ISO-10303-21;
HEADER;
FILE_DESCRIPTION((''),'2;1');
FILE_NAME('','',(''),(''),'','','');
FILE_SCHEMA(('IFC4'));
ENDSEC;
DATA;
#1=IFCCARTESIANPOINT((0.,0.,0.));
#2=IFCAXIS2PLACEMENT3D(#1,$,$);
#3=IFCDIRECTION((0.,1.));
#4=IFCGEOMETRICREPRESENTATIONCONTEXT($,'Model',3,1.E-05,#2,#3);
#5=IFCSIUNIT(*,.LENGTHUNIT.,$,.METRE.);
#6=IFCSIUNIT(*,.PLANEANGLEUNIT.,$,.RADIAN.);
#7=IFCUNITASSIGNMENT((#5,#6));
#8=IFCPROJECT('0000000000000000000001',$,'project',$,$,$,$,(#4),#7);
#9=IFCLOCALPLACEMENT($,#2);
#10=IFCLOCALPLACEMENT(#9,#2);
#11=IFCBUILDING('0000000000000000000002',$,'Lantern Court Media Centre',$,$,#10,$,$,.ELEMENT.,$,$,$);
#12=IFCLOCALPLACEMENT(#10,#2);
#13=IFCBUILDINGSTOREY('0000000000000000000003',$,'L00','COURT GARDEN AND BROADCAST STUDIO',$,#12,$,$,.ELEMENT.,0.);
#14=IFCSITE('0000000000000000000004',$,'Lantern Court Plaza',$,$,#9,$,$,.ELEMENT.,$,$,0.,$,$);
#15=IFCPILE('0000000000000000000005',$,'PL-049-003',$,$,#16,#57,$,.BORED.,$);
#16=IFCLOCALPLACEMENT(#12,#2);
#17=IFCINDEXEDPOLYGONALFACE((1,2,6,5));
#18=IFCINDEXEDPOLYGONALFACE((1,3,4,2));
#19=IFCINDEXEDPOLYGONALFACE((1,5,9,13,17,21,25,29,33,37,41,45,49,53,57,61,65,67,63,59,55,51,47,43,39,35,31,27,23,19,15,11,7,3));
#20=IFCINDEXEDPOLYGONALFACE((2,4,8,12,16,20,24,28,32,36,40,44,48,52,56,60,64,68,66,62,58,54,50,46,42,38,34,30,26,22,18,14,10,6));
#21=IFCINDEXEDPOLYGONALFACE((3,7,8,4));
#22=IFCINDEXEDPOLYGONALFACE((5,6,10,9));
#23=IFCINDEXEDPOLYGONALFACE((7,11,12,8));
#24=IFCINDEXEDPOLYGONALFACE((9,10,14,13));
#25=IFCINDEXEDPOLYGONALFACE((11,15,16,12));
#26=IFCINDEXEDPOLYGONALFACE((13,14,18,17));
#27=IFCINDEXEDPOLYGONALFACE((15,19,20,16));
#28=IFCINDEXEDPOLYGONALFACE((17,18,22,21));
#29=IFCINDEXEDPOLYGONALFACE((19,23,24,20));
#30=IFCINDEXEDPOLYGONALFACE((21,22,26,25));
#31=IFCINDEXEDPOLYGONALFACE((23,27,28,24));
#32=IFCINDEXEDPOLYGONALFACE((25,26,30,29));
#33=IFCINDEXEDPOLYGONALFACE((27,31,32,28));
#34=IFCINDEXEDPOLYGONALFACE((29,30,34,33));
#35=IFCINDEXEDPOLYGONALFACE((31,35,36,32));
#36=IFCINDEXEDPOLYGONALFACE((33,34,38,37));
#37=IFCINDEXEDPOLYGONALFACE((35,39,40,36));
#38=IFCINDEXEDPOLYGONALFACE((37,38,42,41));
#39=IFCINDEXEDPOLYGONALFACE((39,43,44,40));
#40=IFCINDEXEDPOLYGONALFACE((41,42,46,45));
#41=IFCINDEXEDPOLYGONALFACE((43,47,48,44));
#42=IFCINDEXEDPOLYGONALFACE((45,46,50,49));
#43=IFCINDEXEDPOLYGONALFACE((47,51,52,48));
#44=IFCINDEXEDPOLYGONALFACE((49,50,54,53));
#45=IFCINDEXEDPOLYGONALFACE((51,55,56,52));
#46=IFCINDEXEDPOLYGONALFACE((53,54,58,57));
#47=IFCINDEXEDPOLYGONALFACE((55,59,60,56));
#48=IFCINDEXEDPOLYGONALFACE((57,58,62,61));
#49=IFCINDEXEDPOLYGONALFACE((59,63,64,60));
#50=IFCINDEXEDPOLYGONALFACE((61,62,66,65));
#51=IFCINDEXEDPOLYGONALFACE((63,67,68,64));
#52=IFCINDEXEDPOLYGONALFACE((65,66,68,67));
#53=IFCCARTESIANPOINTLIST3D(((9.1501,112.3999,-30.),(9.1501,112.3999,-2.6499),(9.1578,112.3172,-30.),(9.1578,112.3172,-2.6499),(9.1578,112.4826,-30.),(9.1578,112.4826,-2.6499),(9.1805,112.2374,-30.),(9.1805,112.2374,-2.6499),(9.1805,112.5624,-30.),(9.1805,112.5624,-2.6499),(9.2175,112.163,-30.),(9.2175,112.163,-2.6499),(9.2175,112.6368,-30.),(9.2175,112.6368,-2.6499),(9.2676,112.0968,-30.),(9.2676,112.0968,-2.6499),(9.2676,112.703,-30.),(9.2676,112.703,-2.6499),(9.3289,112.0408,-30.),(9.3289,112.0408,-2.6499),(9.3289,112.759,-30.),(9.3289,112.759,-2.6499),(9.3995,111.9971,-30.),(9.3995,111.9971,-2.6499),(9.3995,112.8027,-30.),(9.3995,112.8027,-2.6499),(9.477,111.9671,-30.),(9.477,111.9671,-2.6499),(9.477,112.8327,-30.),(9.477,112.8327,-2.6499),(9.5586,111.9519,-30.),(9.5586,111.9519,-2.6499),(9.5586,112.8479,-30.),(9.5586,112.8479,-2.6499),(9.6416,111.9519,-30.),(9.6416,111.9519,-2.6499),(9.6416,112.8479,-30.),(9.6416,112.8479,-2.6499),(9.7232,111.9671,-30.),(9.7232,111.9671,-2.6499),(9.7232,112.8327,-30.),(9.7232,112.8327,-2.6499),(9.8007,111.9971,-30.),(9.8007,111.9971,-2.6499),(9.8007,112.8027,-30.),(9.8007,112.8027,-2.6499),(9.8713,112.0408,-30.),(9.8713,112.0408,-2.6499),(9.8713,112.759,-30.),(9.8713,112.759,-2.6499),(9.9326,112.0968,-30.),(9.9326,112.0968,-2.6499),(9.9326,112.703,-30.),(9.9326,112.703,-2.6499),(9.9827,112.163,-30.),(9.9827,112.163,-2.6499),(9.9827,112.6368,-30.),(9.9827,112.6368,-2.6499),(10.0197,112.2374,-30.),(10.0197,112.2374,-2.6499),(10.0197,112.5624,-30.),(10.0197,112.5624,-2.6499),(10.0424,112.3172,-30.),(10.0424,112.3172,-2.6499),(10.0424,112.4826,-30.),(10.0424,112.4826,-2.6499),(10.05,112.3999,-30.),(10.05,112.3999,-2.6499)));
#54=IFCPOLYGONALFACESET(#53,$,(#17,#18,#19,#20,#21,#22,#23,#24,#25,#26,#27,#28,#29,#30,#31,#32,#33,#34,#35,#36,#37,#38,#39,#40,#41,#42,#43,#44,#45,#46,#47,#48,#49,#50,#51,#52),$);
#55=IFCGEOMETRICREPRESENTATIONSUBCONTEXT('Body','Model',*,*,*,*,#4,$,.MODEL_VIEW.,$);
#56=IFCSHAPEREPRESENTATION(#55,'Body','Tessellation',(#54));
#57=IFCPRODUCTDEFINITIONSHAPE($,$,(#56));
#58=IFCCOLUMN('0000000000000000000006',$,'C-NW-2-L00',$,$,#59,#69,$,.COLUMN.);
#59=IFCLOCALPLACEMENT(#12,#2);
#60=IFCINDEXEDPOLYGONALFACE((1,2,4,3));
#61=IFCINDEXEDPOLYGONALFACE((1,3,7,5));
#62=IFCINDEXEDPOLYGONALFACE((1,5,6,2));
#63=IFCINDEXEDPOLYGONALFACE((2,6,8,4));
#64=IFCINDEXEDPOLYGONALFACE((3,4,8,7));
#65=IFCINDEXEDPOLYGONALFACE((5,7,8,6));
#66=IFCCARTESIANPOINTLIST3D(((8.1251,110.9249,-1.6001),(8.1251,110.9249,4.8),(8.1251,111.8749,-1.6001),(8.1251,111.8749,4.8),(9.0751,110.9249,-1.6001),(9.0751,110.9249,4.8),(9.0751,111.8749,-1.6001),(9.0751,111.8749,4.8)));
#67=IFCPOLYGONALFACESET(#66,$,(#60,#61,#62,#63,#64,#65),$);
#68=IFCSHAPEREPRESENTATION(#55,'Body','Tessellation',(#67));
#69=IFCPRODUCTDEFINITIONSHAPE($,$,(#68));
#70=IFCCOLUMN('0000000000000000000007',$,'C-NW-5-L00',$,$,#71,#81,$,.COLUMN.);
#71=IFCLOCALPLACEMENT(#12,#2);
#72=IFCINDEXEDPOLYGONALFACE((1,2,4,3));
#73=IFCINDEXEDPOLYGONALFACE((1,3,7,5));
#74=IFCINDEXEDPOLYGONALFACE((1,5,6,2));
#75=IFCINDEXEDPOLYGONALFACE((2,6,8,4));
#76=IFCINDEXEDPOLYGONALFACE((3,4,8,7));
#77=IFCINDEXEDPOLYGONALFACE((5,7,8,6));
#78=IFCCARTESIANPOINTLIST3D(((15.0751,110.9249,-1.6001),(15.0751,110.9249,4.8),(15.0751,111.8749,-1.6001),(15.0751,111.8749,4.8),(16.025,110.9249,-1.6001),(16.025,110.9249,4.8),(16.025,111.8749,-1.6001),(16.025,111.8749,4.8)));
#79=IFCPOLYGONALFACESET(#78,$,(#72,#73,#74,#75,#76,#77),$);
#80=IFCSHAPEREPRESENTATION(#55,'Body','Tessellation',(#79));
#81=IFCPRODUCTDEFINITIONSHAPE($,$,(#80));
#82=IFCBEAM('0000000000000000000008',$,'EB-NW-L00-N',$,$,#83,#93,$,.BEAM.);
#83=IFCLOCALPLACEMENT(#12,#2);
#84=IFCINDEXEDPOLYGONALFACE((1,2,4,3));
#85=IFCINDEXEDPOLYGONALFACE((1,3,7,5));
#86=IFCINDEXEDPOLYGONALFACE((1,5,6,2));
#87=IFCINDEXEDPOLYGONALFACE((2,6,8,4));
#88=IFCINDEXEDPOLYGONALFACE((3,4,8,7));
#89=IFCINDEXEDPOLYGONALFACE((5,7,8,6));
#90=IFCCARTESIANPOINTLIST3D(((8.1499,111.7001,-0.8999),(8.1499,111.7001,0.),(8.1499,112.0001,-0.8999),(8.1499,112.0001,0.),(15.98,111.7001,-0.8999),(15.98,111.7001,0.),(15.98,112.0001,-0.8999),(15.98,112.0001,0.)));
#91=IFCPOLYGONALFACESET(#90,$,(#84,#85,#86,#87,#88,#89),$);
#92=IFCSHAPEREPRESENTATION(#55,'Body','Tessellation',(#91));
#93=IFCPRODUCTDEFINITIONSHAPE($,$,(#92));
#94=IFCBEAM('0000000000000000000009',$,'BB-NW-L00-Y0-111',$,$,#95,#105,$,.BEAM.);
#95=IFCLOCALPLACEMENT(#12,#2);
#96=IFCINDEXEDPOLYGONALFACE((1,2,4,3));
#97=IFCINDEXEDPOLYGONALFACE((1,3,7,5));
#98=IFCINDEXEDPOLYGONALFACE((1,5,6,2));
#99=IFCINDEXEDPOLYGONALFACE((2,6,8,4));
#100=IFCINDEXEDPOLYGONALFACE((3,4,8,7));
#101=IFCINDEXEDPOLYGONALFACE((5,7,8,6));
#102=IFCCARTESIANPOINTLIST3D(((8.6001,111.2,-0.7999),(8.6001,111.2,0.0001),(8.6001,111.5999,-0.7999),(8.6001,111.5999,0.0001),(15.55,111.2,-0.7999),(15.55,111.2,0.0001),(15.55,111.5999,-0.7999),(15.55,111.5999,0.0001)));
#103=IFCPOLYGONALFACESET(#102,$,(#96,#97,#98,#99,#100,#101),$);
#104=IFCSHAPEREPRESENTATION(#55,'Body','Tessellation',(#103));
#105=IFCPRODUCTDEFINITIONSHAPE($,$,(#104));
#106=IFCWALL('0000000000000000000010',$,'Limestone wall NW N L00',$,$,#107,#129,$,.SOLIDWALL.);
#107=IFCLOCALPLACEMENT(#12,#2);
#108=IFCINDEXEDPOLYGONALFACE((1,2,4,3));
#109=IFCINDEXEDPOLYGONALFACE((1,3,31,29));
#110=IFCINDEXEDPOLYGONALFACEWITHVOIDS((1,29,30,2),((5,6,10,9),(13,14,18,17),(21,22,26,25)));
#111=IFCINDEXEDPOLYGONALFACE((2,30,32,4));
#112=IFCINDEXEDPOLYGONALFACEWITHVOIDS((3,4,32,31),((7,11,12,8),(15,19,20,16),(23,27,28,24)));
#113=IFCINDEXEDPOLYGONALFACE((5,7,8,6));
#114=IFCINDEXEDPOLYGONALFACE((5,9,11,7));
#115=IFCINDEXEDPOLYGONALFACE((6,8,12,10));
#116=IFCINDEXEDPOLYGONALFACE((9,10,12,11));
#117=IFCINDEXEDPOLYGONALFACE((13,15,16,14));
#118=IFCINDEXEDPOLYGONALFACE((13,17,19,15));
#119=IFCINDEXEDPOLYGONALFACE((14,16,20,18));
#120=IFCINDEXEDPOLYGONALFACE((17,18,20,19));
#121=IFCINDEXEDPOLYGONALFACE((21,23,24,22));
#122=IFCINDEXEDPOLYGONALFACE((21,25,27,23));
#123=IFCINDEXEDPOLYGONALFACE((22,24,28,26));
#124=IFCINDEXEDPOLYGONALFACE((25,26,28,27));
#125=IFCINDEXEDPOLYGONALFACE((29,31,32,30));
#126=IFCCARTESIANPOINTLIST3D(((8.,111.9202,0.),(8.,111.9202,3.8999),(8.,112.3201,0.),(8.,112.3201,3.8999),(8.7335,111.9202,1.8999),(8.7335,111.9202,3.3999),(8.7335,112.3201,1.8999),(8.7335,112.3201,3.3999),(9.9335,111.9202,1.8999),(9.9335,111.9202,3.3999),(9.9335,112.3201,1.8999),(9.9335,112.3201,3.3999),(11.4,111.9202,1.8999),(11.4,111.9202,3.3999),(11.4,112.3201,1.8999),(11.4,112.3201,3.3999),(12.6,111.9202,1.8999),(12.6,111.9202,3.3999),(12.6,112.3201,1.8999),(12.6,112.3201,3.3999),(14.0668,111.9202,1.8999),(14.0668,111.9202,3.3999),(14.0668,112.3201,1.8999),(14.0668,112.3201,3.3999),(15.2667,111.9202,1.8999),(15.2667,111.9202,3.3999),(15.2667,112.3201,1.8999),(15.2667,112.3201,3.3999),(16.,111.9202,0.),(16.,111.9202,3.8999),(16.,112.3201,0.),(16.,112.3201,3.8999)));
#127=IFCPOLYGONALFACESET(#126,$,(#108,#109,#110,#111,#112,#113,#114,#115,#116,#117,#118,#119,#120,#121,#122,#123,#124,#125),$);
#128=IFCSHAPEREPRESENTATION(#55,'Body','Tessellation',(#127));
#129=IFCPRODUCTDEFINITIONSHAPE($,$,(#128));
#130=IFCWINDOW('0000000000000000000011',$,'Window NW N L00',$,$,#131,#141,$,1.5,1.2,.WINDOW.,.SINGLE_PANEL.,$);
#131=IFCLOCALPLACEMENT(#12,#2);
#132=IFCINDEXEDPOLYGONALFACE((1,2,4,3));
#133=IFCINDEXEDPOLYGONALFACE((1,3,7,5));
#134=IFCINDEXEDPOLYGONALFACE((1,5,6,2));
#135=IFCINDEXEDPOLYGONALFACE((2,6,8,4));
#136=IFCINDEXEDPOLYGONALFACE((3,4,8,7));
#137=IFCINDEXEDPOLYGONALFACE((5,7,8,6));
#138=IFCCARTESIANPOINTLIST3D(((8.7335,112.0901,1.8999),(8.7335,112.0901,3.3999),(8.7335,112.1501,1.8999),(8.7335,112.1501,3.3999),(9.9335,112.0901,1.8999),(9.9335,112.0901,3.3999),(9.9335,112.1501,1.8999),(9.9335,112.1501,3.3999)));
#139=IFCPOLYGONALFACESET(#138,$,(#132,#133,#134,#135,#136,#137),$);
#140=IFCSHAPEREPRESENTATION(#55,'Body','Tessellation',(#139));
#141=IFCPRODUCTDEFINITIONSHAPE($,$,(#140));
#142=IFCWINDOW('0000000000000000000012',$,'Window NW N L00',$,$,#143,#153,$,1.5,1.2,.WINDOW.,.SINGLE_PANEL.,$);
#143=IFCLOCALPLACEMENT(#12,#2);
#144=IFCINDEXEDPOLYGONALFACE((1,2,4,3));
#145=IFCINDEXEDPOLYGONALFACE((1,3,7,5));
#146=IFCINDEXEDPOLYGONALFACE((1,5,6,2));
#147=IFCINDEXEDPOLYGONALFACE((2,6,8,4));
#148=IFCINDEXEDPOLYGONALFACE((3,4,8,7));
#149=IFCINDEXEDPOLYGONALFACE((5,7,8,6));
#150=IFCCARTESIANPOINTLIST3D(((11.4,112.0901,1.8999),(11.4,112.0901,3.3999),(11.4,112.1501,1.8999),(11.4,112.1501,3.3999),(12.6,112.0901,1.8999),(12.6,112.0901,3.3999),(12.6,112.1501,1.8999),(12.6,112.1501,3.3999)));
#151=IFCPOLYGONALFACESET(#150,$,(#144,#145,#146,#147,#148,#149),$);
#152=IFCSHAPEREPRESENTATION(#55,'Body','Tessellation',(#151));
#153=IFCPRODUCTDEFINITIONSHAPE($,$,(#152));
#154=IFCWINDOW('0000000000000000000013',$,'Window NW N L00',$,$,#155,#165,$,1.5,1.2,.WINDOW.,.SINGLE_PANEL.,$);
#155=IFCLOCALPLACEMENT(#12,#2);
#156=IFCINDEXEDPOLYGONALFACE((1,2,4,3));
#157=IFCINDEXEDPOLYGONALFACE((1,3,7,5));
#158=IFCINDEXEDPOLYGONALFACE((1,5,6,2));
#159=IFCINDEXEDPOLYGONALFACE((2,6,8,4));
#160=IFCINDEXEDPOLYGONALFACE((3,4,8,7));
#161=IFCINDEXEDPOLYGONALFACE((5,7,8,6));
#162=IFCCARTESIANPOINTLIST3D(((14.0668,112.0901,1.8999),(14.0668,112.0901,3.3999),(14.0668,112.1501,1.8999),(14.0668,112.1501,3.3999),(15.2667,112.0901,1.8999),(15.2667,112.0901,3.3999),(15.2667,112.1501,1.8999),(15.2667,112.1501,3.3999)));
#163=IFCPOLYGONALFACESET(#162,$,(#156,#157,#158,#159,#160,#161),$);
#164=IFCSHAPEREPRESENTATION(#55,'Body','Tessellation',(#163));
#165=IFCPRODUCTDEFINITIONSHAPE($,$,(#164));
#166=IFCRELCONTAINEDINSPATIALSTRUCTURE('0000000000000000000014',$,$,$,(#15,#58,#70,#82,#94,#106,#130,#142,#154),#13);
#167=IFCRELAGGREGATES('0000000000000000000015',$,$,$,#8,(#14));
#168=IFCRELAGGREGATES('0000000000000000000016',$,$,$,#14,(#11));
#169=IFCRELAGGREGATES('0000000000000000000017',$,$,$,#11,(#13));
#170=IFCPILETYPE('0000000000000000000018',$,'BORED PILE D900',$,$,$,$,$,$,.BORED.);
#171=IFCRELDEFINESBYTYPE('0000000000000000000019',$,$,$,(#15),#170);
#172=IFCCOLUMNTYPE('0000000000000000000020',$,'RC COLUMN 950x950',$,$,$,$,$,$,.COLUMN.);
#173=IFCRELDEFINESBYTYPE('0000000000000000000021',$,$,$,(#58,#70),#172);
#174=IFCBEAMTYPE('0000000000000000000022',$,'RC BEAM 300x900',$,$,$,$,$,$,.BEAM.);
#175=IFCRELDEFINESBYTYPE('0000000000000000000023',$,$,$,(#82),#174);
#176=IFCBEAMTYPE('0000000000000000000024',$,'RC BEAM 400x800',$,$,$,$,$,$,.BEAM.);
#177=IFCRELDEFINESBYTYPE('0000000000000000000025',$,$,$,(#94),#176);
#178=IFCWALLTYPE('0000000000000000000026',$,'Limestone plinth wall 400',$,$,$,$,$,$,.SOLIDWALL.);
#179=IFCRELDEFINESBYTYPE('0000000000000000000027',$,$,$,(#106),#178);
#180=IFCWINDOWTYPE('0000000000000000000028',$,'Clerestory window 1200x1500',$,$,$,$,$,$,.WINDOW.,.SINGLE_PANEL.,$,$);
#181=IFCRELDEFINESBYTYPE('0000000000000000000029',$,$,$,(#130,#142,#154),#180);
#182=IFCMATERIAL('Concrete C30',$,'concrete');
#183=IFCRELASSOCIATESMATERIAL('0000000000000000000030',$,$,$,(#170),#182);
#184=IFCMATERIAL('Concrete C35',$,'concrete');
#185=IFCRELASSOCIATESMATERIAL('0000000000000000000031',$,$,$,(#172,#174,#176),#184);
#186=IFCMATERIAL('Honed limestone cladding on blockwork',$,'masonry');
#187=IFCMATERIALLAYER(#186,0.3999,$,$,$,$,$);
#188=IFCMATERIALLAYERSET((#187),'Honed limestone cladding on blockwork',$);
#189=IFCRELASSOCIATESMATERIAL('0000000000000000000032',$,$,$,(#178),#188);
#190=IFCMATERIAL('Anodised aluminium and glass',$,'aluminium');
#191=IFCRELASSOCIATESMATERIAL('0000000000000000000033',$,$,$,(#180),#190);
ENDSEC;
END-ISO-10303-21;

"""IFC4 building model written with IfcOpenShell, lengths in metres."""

from ifc_helpers import new_model, si_unit, direction, frame, frame_2d, origin, origin_2d, place, context, subcontext, project, spatial, rectangle, circle, extrude, material, layer, layer_set, material_profile, profile_set, type_object, element, fill, save


model = new_model("IFC4")

# Units and contexts
model_context = context("Model", 3, precision=1e-05, world=origin(), true_north=direction((0.0, 1.0)))
body_context = subcontext(model_context, "Body", "Model", "MODEL_VIEW")
ifc_project = project(units=[si_unit("LENGTHUNIT", "METRE"), si_unit("PLANEANGLEUNIT", "RADIAN")], contexts=[model_context])

# Site, building, storey
site_placement = place(None, origin())
site = spatial("IfcSite", under=ifc_project, at=site_placement, Name="Lantern Court Plaza", CompositionType="ELEMENT", RefElevation=0.0)
building_placement = place(site_placement, origin())
building = spatial("IfcBuilding", under=site, at=building_placement, Name="Lantern Court Media Centre", CompositionType="ELEMENT")
storey_placement = place(building_placement, origin())
storey = spatial("IfcBuildingStorey", under=building, at=storey_placement, Name="L00", Description="COURT GARDEN AND BROADCAST STUDIO", CompositionType="ELEMENT", Elevation=0.0)

# Pile
ifc_material_1 = material(Name="Concrete C30", Category="concrete")
ifc_material_profile_1 = material_profile(ifc_material_1, circle(Radius=0.45, at=origin_2d()), Name="D900")
ifc_profile_set_1 = profile_set([ifc_material_profile_1], Name="Concrete C30")
pile_type_1 = type_object("IfcPileType", Name="BORED PILE D900", PredefinedType="BORED", material=ifc_profile_set_1)
for number, where, z_axis, x_axis, name in (
    (1, (9.6001, 112.3999, -2.6499), (0.0, 0.0, -1.0), (1.0, 0.0, 0.0), "PL-049-003"),
):
    element("IfcPile", number, at=place(storey_placement, frame(where, z_axis=z_axis, x_axis=x_axis)), inside=storey, type_object=pile_type_1, Name=name, PredefinedType="BORED", context=body_context, shape_type="SweptSolid", body=[
        extrude(circle(Radius=0.45, at=origin_2d()), origin(), (0.0, 0.0, 1.0), 27.3501),
    ])

# Columns
ifc_material_2 = material(Name="Concrete C35", Category="concrete")
ifc_material_profile_2 = material_profile(ifc_material_2, rectangle(XDim=0.95, YDim=0.95, at=origin_2d()), Name="RC 950x950")
ifc_profile_set_2 = profile_set([ifc_material_profile_2], Name="Concrete C35")
column_type = type_object("IfcColumnType", Name="RC COLUMN 950x950", PredefinedType="COLUMN", material=ifc_profile_set_2)
for number, where, z_axis, x_axis, name in (
    (2, (8.6001, 111.3999, -1.6001), (0.0, 0.0, 1.0), (1.0, 0.0, 0.0), "C-NW-2-L00"),
    (3, (15.55, 111.3999, -1.6001), (0.0, 0.0, 1.0), (1.0, 0.0, 0.0), "C-NW-5-L00"),
):
    element("IfcColumn", number, at=place(storey_placement, frame(where, z_axis=z_axis, x_axis=x_axis)), inside=storey, type_object=column_type, Name=name, PredefinedType="COLUMN", context=body_context, shape_type="SweptSolid", body=[
        extrude(rectangle(XDim=0.95, YDim=0.95, at=origin_2d()), origin(), (0.0, 0.0, 1.0), 6.4001),
    ])

# Beams
ifc_material_profile_3 = material_profile(ifc_material_2, rectangle(XDim=0.3, YDim=0.8999, at=origin_2d()), Name="RC 300x900")
ifc_profile_set_3 = profile_set([ifc_material_profile_3], Name="Concrete C35")
beam_type_1 = type_object("IfcBeamType", Name="RC BEAM 300x900", PredefinedType="BEAM", material=ifc_profile_set_3)
beam_1_placement = place(storey_placement, frame((8.1499, 111.8501, -0.45), z_axis=(1.0, 0.0, 0.0), x_axis=(0.0, 1.0, 0.0)))
element("IfcBeam", 4, at=beam_1_placement, inside=storey, type_object=beam_type_1, Name="EB-NW-L00-N", PredefinedType="BEAM", context=body_context, shape_type="SweptSolid", body=[
    extrude(rectangle(XDim=0.3, YDim=0.8999, at=origin_2d()), origin(), (0.0, 0.0, 1.0), 7.8301),
])
ifc_material_profile_4 = material_profile(ifc_material_2, rectangle(XDim=0.3999, YDim=0.8, at=origin_2d()), Name="RC 400x800")
ifc_profile_set_4 = profile_set([ifc_material_profile_4], Name="Concrete C35")
beam_type_2 = type_object("IfcBeamType", Name="RC BEAM 400x800", PredefinedType="BEAM", material=ifc_profile_set_4)
beam_2_placement = place(storey_placement, frame((8.6001, 111.3999, -0.3999), z_axis=(1.0, 0.0, 0.0), x_axis=(0.0, 1.0, 0.0)))
element("IfcBeam", 5, at=beam_2_placement, inside=storey, type_object=beam_type_2, Name="BB-NW-L00-Y0-111", PredefinedType="BEAM", context=body_context, shape_type="SweptSolid", body=[
    extrude(rectangle(XDim=0.3999, YDim=0.8, at=origin_2d()), origin(), (0.0, 0.0, 1.0), 6.95),
])

# Wall, openings, windows
ifc_material_3 = material(Name="Honed limestone cladding on blockwork", Category="masonry")
ifc_layer_1 = layer(ifc_material_3, 0.3999)
ifc_layer_set_1 = layer_set([ifc_layer_1], Name="Honed limestone cladding on blockwork")
wall_type_1 = type_object("IfcWallType", Name="Limestone plinth wall 400", PredefinedType="SOLIDWALL", material=ifc_layer_set_1)
wall_1_placement = place(storey_placement, frame((8.0, 112.1201, 0.0), z_axis=(0.0, 0.0, 1.0), x_axis=(1.0, 0.0, 0.0)))
wall_1 = element("IfcWall", 6, at=wall_1_placement, inside=storey, type_object=wall_type_1, Name="Limestone wall NW N L00", PredefinedType="SOLIDWALL", context=body_context, shape_type="SweptSolid", body=[
    extrude(rectangle(XDim=8.0, YDim=0.3999, at=frame_2d((4.0, 0.0))), origin(), (0.0, 0.0, 1.0), 3.8999),
])
opening_1_placement = place(wall_1_placement, frame((0.7334, 0.0, 1.8999)))
opening_1 = element("IfcOpeningElement", 7, at=opening_1_placement, cuts=wall_1, PredefinedType="OPENING", context=body_context, shape_type="SweptSolid", body=[
    extrude(rectangle(XDim=1.2, YDim=1.5, at=frame_2d((0.6001, 0.75))), frame((0.0, 0.21, 0.0), z_axis=(0.0, -1.0, 0.0), x_axis=(1.0, 0.0, 0.0)), (0.0, 0.0, 1.0), 0.4199),
])
opening_2_placement = place(wall_1_placement, frame((3.3999, 0.0, 1.8999)))
opening_2 = element("IfcOpeningElement", 8, at=opening_2_placement, cuts=wall_1, PredefinedType="OPENING", context=body_context, shape_type="SweptSolid", body=[
    extrude(rectangle(XDim=1.2, YDim=1.5, at=frame_2d((0.6001, 0.75))), frame((0.0, 0.21, 0.0), z_axis=(0.0, -1.0, 0.0), x_axis=(1.0, 0.0, 0.0)), (0.0, 0.0, 1.0), 0.4199),
])
opening_3_placement = place(wall_1_placement, frame((6.0667, 0.0, 1.8999)))
opening_3 = element("IfcOpeningElement", 9, at=opening_3_placement, cuts=wall_1, PredefinedType="OPENING", context=body_context, shape_type="SweptSolid", body=[
    extrude(rectangle(XDim=1.2, YDim=1.5, at=frame_2d((0.6001, 0.75))), frame((0.0, 0.21, 0.0), z_axis=(0.0, -1.0, 0.0), x_axis=(1.0, 0.0, 0.0)), (0.0, 0.0, 1.0), 0.4199),
])
ifc_material_4 = material(Name="Anodised aluminium and glass", Category="aluminium")
window_type = type_object("IfcWindowType", Name="Clerestory window 1200x1500", PartitioningType="SINGLE_PANEL", PredefinedType="WINDOW", material=ifc_material_4)
window_1_placement = place(opening_1_placement, origin())
window_1 = element("IfcWindow", 10, at=window_1_placement, inside=storey, type_object=window_type, Name="Window NW N L00", OverallHeight=1.5, OverallWidth=1.2, PartitioningType="SINGLE_PANEL", PredefinedType="WINDOW", context=body_context, shape_type="SweptSolid", body=[
    extrude(rectangle(XDim=1.2, YDim=1.5, at=frame_2d((0.6001, 0.75))), frame((0.0, 0.03, 0.0), z_axis=(0.0, -1.0, 0.0), x_axis=(1.0, 0.0, 0.0)), (0.0, 0.0, 1.0), 0.0601),
])
fill(opening_1, window_1)
window_2_placement = place(opening_2_placement, origin())
window_2 = element("IfcWindow", 11, at=window_2_placement, inside=storey, type_object=window_type, Name="Window NW N L00", OverallHeight=1.5, OverallWidth=1.2, PartitioningType="SINGLE_PANEL", PredefinedType="WINDOW", context=body_context, shape_type="SweptSolid", body=[
    extrude(rectangle(XDim=1.2, YDim=1.5, at=frame_2d((0.6001, 0.75))), frame((0.0, 0.03, 0.0), z_axis=(0.0, -1.0, 0.0), x_axis=(1.0, 0.0, 0.0)), (0.0, 0.0, 1.0), 0.0601),
])
fill(opening_2, window_2)
window_3_placement = place(opening_3_placement, origin())
window_3 = element("IfcWindow", 12, at=window_3_placement, inside=storey, type_object=window_type, Name="Window NW N L00", OverallHeight=1.5, OverallWidth=1.2, PartitioningType="SINGLE_PANEL", PredefinedType="WINDOW", context=body_context, shape_type="SweptSolid", body=[
    extrude(rectangle(XDim=1.2, YDim=1.5, at=frame_2d((0.6001, 0.75))), frame((0.0, 0.03, 0.0), z_axis=(0.0, -1.0, 0.0), x_axis=(1.0, 0.0, 0.0)), (0.0, 0.0, 1.0), 0.0601),
])
fill(opening_3, window_3)

save(model, "model.ifc")
